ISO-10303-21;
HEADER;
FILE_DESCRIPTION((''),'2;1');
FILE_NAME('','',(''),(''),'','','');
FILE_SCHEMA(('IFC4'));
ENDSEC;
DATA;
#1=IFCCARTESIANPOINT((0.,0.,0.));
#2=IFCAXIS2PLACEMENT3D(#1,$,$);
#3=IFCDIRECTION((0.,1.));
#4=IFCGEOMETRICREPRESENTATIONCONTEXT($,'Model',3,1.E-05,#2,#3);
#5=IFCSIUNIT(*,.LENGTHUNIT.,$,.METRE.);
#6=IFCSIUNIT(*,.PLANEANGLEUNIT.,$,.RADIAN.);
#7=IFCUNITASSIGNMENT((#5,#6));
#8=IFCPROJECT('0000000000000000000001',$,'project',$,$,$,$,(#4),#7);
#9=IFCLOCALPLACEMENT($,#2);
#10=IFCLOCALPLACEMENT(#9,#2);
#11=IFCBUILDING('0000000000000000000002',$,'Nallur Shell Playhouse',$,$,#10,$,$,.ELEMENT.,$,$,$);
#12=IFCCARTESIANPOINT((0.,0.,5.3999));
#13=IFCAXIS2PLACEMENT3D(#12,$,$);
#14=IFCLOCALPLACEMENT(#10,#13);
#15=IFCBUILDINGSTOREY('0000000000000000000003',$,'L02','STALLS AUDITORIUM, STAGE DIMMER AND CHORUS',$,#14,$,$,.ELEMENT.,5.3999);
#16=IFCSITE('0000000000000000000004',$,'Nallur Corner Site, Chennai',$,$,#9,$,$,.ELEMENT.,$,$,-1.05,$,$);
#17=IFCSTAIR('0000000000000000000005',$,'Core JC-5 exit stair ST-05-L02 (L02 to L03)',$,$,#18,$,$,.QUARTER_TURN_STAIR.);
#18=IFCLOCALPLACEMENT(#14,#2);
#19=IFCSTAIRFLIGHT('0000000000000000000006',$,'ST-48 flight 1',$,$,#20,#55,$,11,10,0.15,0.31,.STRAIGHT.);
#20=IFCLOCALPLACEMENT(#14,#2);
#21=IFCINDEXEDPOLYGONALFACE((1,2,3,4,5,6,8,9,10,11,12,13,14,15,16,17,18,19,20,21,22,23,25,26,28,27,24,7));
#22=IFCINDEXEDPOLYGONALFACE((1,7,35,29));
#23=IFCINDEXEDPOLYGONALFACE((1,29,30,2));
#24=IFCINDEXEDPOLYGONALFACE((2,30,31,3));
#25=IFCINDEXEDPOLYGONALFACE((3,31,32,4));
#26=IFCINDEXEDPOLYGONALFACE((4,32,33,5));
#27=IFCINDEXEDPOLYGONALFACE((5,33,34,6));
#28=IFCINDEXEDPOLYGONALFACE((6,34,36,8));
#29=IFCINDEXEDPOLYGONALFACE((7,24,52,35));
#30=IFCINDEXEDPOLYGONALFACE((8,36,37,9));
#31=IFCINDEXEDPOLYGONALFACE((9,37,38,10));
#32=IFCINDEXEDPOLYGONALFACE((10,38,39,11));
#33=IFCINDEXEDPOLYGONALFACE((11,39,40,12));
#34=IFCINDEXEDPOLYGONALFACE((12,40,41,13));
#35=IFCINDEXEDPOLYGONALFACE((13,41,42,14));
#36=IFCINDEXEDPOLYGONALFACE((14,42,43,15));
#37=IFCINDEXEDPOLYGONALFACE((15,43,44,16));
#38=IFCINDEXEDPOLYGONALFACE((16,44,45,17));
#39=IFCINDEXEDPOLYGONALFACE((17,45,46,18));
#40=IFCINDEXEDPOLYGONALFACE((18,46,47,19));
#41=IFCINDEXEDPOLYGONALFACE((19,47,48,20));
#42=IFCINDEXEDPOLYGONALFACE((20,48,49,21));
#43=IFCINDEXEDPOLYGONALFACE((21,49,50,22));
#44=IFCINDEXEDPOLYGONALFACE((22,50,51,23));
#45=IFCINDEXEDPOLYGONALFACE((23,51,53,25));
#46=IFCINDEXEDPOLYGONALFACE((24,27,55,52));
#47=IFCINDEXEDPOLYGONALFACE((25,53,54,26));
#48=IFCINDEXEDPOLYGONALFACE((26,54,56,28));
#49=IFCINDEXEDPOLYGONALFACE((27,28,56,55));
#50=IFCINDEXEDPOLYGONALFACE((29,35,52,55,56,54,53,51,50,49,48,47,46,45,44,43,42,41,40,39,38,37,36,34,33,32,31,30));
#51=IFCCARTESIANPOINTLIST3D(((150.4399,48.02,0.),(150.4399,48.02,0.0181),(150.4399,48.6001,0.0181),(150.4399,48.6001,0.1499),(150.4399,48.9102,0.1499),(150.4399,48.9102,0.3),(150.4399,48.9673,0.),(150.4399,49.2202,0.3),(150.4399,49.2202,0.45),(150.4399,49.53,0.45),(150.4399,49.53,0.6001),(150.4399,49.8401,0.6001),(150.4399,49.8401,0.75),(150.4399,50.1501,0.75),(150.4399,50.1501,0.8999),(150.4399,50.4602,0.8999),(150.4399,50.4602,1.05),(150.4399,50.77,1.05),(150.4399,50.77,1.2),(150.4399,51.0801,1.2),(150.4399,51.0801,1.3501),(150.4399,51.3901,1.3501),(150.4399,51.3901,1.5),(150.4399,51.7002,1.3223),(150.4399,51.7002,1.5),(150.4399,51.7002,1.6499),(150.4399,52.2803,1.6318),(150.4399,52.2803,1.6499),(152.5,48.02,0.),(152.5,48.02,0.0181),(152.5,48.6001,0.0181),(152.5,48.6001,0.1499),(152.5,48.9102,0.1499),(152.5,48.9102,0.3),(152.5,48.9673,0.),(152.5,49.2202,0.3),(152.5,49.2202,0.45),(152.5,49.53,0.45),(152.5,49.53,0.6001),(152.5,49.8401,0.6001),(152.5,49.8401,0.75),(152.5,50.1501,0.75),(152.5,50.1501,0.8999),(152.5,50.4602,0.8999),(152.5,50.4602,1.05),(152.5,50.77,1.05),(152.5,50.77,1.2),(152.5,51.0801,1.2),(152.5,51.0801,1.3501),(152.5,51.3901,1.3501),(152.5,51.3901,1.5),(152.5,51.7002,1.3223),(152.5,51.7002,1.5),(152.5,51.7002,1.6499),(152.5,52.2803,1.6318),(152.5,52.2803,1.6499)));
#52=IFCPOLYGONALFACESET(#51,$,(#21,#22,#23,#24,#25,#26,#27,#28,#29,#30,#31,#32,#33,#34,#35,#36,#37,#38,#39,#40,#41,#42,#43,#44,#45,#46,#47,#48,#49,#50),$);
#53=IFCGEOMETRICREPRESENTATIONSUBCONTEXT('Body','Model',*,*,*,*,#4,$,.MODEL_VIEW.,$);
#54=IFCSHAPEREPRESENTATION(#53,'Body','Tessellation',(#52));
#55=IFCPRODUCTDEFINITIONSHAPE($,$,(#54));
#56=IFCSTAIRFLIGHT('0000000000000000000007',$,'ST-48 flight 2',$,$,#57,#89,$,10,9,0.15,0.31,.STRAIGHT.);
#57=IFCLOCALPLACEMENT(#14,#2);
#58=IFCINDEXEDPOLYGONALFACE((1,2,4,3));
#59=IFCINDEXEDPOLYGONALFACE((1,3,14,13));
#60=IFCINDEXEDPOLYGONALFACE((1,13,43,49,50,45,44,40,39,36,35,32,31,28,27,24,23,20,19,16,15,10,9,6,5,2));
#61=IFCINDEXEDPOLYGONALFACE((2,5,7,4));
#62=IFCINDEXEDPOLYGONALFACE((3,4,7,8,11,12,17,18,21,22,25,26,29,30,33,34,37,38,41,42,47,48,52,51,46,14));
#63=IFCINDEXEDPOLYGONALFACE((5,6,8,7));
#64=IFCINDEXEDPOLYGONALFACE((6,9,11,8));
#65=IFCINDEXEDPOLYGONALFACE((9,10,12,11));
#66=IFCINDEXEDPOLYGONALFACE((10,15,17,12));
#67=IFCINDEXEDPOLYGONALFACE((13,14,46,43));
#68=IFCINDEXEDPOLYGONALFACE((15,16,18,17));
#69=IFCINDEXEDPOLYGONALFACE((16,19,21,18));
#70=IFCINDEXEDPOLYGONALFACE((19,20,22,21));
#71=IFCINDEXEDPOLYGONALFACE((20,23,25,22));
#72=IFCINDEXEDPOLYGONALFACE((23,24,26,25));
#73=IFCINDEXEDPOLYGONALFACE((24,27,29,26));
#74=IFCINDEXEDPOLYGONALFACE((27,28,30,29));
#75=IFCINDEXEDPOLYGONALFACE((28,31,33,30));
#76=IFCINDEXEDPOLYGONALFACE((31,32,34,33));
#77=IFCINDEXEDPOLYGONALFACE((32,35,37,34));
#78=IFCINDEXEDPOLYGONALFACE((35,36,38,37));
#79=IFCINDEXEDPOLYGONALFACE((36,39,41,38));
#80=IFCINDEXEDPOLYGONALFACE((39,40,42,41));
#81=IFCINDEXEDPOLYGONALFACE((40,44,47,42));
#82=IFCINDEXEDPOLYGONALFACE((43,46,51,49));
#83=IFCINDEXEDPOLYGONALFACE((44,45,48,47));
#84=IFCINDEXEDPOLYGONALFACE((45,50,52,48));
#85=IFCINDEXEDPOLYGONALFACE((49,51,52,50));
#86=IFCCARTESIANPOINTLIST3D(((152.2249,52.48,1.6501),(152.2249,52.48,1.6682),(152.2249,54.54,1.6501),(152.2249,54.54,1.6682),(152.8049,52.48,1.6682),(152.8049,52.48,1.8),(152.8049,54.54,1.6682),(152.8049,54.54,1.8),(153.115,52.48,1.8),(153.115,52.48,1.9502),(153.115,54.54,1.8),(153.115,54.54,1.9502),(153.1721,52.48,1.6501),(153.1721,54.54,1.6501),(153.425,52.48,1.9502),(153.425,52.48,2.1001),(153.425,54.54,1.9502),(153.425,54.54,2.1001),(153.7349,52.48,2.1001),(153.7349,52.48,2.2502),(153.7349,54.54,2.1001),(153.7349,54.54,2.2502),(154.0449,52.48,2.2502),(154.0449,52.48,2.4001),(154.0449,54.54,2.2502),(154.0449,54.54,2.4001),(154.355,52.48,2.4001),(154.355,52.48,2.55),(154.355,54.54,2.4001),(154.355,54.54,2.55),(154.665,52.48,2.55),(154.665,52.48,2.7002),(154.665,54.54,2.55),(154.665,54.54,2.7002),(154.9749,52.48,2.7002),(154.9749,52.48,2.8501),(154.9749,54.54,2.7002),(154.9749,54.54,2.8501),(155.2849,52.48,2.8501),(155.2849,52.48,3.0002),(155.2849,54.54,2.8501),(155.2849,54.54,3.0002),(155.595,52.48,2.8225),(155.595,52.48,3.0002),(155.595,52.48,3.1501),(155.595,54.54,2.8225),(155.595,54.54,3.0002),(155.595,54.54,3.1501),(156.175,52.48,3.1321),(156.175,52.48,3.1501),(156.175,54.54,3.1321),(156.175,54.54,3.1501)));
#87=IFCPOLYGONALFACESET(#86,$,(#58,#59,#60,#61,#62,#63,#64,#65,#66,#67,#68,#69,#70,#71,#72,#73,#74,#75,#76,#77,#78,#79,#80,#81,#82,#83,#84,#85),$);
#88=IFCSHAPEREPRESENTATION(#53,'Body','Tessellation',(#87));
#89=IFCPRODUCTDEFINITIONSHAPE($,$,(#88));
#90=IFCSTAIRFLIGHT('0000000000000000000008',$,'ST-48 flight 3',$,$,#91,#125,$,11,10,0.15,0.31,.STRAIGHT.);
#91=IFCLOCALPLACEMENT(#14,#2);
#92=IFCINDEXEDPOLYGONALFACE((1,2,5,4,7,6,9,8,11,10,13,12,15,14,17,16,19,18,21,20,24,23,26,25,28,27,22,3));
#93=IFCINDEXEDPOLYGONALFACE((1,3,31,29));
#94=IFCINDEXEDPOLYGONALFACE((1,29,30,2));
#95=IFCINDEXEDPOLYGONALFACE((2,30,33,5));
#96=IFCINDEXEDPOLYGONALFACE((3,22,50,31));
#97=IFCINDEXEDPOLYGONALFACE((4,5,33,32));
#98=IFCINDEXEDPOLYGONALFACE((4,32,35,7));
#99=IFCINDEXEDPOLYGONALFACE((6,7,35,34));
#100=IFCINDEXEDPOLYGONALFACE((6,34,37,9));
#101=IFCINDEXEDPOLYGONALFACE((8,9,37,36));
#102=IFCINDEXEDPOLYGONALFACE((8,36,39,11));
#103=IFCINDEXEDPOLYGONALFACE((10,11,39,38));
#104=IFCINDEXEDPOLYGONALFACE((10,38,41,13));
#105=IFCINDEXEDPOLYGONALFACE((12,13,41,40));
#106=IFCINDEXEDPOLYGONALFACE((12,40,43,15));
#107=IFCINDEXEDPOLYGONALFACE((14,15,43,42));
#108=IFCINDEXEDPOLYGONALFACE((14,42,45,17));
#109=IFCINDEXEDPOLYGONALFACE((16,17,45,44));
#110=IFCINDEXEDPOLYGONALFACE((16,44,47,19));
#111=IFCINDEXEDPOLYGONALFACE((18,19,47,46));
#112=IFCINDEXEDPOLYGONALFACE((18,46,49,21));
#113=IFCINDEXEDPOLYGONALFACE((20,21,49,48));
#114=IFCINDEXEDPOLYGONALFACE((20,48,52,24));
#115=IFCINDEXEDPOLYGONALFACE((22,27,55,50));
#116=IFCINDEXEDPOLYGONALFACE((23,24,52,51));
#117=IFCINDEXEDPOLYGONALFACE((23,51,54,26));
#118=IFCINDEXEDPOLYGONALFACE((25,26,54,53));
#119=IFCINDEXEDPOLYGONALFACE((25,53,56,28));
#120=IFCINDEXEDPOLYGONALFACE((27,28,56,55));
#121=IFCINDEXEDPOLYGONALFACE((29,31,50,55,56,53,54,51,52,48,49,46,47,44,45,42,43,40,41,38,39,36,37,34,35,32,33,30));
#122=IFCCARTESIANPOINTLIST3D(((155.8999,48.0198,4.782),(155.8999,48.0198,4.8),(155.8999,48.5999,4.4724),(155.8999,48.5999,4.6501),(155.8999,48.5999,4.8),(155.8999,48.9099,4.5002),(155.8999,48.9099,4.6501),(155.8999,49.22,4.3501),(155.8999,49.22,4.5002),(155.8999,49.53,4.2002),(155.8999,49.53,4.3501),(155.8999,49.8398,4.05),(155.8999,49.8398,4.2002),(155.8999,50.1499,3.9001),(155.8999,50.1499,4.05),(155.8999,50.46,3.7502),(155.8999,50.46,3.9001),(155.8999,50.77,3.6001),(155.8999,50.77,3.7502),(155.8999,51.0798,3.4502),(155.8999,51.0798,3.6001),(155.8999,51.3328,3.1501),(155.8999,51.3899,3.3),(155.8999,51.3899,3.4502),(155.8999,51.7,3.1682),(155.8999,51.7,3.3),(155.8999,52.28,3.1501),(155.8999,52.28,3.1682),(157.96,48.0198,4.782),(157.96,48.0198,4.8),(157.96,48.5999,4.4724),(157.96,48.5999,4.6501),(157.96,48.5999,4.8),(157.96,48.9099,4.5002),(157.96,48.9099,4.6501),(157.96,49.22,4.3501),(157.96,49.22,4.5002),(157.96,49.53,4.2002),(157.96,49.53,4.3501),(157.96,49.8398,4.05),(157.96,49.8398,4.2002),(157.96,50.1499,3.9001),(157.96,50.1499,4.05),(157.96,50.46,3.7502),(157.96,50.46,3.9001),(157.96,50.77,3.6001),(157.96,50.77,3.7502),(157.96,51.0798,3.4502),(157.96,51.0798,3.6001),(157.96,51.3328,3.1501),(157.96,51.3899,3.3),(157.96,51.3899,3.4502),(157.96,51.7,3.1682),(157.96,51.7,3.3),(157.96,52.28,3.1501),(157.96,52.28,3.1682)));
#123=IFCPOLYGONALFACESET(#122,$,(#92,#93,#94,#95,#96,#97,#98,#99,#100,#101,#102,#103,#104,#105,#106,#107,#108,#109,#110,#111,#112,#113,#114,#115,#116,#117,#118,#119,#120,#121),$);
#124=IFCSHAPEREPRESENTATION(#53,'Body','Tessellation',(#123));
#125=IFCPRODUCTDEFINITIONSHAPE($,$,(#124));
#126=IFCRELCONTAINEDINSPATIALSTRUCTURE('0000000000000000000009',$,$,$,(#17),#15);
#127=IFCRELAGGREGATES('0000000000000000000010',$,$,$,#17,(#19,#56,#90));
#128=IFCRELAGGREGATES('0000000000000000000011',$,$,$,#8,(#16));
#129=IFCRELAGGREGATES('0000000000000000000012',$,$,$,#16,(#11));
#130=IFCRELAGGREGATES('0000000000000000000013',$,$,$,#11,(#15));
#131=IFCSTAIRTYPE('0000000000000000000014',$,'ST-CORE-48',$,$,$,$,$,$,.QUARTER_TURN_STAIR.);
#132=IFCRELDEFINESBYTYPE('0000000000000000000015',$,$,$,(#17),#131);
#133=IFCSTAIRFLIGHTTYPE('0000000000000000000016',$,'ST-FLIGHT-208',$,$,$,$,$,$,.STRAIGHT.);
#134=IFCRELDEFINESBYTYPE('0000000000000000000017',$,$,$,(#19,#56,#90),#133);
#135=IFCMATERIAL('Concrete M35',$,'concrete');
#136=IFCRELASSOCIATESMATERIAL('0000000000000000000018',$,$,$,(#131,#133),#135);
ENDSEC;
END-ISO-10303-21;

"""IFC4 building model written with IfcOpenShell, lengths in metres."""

from ifc_helpers import new_model, si_unit, direction, frame, origin, place, context, subcontext, project, spatial, polyline, outline, extrude, material, type_object, element, aggregate, save


model = new_model("IFC4")

# Units and contexts
model_context = context("Model", 3, precision=1e-05, world=origin(), true_north=direction((0.0, 1.0)))
body_context = subcontext(model_context, "Body", "Model", "MODEL_VIEW")
ifc_project = project(units=[si_unit("LENGTHUNIT", "METRE"), si_unit("PLANEANGLEUNIT", "RADIAN")], contexts=[model_context])

# Site, building, storey
site_placement = place(None, origin())
site = spatial("IfcSite", under=ifc_project, at=site_placement, Name="Nallur Corner Site, Chennai", CompositionType="ELEMENT", RefElevation=-1.05)
building_placement = place(site_placement, origin())
building = spatial("IfcBuilding", under=site, at=building_placement, Name="Nallur Shell Playhouse", CompositionType="ELEMENT")
storey_placement = place(building_placement, frame((0.0, 0.0, 5.3999)))
storey = spatial("IfcBuildingStorey", under=building, at=storey_placement, Name="L02", Description="STALLS AUDITORIUM, STAGE DIMMER AND CHORUS", CompositionType="ELEMENT", Elevation=5.3999)

# Shared definitions
ifc_material_1 = material(Name="Concrete M35", Category="concrete")

# Stair, stair flights
stair_type = type_object("IfcStairType", Name="ST-CORE-48", PredefinedType="QUARTER_TURN_STAIR", material=ifc_material_1)
stair_placement = place(storey_placement, origin())
stair = element("IfcStair", 1, at=stair_placement, inside=storey, type_object=stair_type, Name="Core JC-5 exit stair ST-05-L02 (L02 to L03)", PredefinedType="QUARTER_TURN_STAIR")
stair_flight_type = type_object("IfcStairFlightType", Name="ST-FLIGHT-208", PredefinedType="STRAIGHT", material=ifc_material_1)
stair_flight_1_placement = place(storey_placement, frame((151.47, 48.6001, 0.0), z_axis=(0.0, 0.0, 1.0), x_axis=(0.0, 1.0, 0.0)))
stair_flight_1 = element("IfcStairFlight", 2, at=stair_flight_1_placement, type_object=stair_flight_type, Name="ST-48 flight 1", NumberOfRisers=11, NumberOfTreads=10, PredefinedType="STRAIGHT", RiserHeight=0.15, TreadLength=0.31, context=body_context, shape_type="SweptSolid", body=[
    extrude(outline(polyline([(-0.5801, 0.0), (-0.5801, 0.0181), (0.0, 0.0181), (0.0, 0.1499), (0.3101, 0.1499), (0.3101, 0.3), (0.6201, 0.3), (0.6201, 0.45), (0.9299, 0.45), (0.9299, 0.6001), (1.24, 0.6001), (1.24, 0.75), (1.55, 0.75), (1.55, 0.8999), (1.8601, 0.8999), (1.8601, 1.05), (2.1699, 1.05), (2.1699, 1.2), (2.48, 1.2), (2.48, 1.3501), (2.79, 1.3501), (2.79, 1.5), (3.1001, 1.5), (3.1001, 1.6499), (3.6802, 1.6499), (3.6802, 1.6318), (3.1001, 1.3223), (0.3672, 0.0), (-0.5801, 0.0)])), frame((0.0, 1.03, 0.0), z_axis=(0.0, -1.0, 0.0), x_axis=(1.0, 0.0, 0.0)), (0.0, 0.0, 1.0), 2.0601),
])
stair_flight_2_placement = place(storey_placement, frame((152.8049, 53.51, 1.6501), z_axis=(0.0, 0.0, 1.0), x_axis=(1.0, 0.0, 0.0)))
stair_flight_2 = element("IfcStairFlight", 3, at=stair_flight_2_placement, type_object=stair_flight_type, Name="ST-48 flight 2", NumberOfRisers=10, NumberOfTreads=9, PredefinedType="STRAIGHT", RiserHeight=0.15, TreadLength=0.31, context=body_context, shape_type="SweptSolid", body=[
    extrude(outline(polyline([(-0.5801, 0.0), (-0.5801, 0.0181), (0.0, 0.0181), (0.0, 0.1499), (0.3101, 0.1499), (0.3101, 0.3), (0.6201, 0.3), (0.6201, 0.45), (0.9299, 0.45), (0.9299, 0.6001), (1.24, 0.6001), (1.24, 0.75), (1.55, 0.75), (1.55, 0.8999), (1.8601, 0.8999), (1.8601, 1.05), (2.1699, 1.05), (2.1699, 1.2), (2.48, 1.2), (2.48, 1.3501), (2.79, 1.3501), (2.79, 1.5), (3.3701, 1.5), (3.3701, 1.4819), (2.79, 1.1724), (0.3672, 0.0), (-0.5801, 0.0)])), frame((0.0, 1.03, 0.0), z_axis=(0.0, -1.0, 0.0), x_axis=(1.0, 0.0, 0.0)), (0.0, 0.0, 1.0), 2.0601),
])
stair_flight_3_placement = place(storey_placement, frame((156.9299, 51.7, 3.1501), z_axis=(0.0, 0.0, 1.0), x_axis=(0.0, -1.0, 0.0)))
stair_flight_3 = element("IfcStairFlight", 4, at=stair_flight_3_placement, type_object=stair_flight_type, Name="ST-48 flight 3", NumberOfRisers=11, NumberOfTreads=10, PredefinedType="STRAIGHT", RiserHeight=0.15, TreadLength=0.31, context=body_context, shape_type="SweptSolid", body=[
    extrude(outline(polyline([(-0.5801, 0.0), (-0.5801, 0.0181), (0.0, 0.0181), (0.0, 0.1499), (0.3101, 0.1499), (0.3101, 0.3), (0.6201, 0.3), (0.6201, 0.45), (0.9299, 0.45), (0.9299, 0.6001), (1.24, 0.6001), (1.24, 0.75), (1.55, 0.75), (1.55, 0.8999), (1.8601, 0.8999), (1.8601, 1.05), (2.1699, 1.05), (2.1699, 1.2), (2.48, 1.2), (2.48, 1.3501), (2.79, 1.3501), (2.79, 1.5), (3.1001, 1.5), (3.1001, 1.6499), (3.6802, 1.6499), (3.6802, 1.6318), (3.1001, 1.3223), (0.3672, 0.0), (-0.5801, 0.0)])), frame((0.0, 1.03, 0.0), z_axis=(0.0, -1.0, 0.0), x_axis=(1.0, 0.0, 0.0)), (0.0, 0.0, 1.0), 2.0601),
])
aggregate(stair, [stair_flight_1, stair_flight_2, stair_flight_3])

save(model, "model.ifc")
